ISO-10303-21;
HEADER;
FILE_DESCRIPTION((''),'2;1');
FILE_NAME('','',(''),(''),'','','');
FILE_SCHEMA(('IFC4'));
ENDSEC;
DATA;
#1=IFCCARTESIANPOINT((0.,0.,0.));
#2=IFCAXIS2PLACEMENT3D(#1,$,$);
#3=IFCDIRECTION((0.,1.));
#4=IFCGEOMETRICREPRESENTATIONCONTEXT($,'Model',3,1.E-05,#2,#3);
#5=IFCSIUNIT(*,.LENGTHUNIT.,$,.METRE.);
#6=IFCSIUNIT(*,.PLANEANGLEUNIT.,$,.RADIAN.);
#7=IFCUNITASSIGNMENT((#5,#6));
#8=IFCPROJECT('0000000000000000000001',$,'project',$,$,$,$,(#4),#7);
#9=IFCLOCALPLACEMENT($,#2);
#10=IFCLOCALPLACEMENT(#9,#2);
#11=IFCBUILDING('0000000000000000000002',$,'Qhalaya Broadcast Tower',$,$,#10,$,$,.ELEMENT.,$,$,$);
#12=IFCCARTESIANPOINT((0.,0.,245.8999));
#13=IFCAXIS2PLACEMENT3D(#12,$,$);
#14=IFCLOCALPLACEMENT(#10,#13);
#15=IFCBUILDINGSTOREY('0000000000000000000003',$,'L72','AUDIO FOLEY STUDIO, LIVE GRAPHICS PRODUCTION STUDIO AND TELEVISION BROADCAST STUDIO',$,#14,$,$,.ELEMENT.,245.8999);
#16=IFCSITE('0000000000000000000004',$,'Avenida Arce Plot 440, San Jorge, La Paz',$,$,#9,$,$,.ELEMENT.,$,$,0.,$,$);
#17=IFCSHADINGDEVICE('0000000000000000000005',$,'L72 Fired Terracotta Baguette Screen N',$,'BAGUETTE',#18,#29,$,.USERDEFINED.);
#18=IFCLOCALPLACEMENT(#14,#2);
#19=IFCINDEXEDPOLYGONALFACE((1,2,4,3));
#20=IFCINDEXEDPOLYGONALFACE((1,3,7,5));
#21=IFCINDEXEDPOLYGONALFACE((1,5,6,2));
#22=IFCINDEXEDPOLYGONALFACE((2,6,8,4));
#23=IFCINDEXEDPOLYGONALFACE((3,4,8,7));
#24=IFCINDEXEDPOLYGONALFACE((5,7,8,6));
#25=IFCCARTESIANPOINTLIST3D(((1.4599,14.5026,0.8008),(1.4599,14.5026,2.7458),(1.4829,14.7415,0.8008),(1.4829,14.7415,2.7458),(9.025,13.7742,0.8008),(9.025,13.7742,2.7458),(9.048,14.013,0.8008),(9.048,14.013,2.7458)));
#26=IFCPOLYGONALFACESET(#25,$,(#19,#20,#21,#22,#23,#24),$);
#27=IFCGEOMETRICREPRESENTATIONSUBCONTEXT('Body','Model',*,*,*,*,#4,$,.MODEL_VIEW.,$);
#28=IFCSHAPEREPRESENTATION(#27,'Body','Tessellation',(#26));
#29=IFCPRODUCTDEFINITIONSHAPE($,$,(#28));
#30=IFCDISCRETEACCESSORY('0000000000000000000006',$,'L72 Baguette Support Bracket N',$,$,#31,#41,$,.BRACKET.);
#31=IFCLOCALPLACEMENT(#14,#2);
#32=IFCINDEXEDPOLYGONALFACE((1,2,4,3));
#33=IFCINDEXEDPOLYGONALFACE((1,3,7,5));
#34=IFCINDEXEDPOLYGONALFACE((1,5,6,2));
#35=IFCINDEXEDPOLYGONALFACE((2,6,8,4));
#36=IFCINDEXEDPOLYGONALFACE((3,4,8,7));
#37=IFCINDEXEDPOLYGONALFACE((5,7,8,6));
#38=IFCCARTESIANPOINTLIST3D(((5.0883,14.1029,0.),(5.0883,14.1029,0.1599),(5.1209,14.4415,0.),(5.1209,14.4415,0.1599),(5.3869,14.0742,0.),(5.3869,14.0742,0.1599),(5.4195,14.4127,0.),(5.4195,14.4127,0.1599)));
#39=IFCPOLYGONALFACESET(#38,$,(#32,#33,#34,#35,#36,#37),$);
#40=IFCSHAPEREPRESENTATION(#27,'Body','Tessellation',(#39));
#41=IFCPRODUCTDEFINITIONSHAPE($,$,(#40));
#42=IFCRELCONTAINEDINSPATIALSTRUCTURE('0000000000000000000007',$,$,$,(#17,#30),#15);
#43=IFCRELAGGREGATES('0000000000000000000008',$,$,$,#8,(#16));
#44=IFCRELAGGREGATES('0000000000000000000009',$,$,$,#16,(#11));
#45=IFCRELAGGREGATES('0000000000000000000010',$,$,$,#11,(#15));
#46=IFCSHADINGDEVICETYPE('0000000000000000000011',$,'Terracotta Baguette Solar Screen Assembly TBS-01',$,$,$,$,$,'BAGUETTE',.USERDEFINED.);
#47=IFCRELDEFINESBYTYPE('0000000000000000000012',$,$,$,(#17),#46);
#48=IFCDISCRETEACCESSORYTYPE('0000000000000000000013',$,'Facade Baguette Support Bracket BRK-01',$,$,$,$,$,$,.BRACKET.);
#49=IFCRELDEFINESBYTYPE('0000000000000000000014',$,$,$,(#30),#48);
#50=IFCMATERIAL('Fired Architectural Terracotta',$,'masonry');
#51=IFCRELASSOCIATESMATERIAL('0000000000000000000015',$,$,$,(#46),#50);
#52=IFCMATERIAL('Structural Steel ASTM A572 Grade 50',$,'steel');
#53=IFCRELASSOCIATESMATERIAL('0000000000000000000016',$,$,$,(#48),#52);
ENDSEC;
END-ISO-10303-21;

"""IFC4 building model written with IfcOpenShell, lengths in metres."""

from ifc_helpers import new_model, si_unit, direction, frame, origin, origin_2d, place, context, subcontext, project, spatial, rectangle, extrude, material, type_object, element, save


model = new_model("IFC4")

# Units and contexts
model_context = context("Model", 3, precision=1e-05, world=origin(), true_north=direction((0.0, 1.0)))
body_context = subcontext(model_context, "Body", "Model", "MODEL_VIEW")
ifc_project = project(units=[si_unit("LENGTHUNIT", "METRE"), si_unit("PLANEANGLEUNIT", "RADIAN")], contexts=[model_context])

# Site, building, storey
site_placement = place(None, origin())
site = spatial("IfcSite", under=ifc_project, at=site_placement, Name="Avenida Arce Plot 440, San Jorge, La Paz", CompositionType="ELEMENT", RefElevation=0.0)
building_placement = place(site_placement, origin())
building = spatial("IfcBuilding", under=site, at=building_placement, Name="Qhalaya Broadcast Tower", CompositionType="ELEMENT")
storey_placement = place(building_placement, frame((0.0, 0.0, 245.8999)))
storey = spatial("IfcBuildingStorey", under=building, at=storey_placement, Name="L72", Description="AUDIO FOLEY STUDIO, LIVE GRAPHICS PRODUCTION STUDIO AND TELEVISION BROADCAST STUDIO", CompositionType="ELEMENT", Elevation=245.8999)

# Shared definitions
ifc_material_1 = material(Name="Structural Steel ASTM A572 Grade 50", Category="steel")

# Shared definitions
ifc_material_2 = material(Name="Fired Architectural Terracotta", Category="masonry")

# Shading device
shading_device_type = type_object("IfcShadingDeviceType", Name="Terracotta Baguette Solar Screen Assembly TBS-01", ElementType="BAGUETTE", PredefinedType="USERDEFINED", material=ifc_material_2)
shading_device_placement = place(storey_placement, frame((5.2539, 14.2578, 0.8008), z_axis=(0.0, 0.0, 1.0), x_axis=(-0.995396, 0.095846, 0.0)))
element("IfcShadingDevice", 1, at=shading_device_placement, inside=storey, type_object=shading_device_type, Name="L72 Fired Terracotta Baguette Screen N", ObjectType="BAGUETTE", PredefinedType="USERDEFINED", context=body_context, shape_type="SweptSolid", body=[
    extrude(rectangle(XDim=7.6001, YDim=0.24, at=origin_2d()), origin(), (0.0, 0.0, 1.0), 1.9451),
])

# Discrete accessory
discrete_accessory_type = type_object("IfcDiscreteAccessoryType", Name="Facade Baguette Support Bracket BRK-01", PredefinedType="BRACKET", material=ifc_material_1)
discrete_accessory_placement = place(storey_placement, frame((5.2539, 14.2578, 0.0), z_axis=(0.0, 0.0, 1.0), x_axis=(-0.995396, 0.095846, 0.0)))
element("IfcDiscreteAccessory", 2, at=discrete_accessory_placement, inside=storey, type_object=discrete_accessory_type, Name="L72 Baguette Support Bracket N", PredefinedType="BRACKET", context=body_context, shape_type="SweptSolid", body=[
    extrude(rectangle(XDim=0.3, YDim=0.3401, at=origin_2d()), origin(), (0.0, 0.0, 1.0), 0.1599),
])

save(model, "model.ifc")
